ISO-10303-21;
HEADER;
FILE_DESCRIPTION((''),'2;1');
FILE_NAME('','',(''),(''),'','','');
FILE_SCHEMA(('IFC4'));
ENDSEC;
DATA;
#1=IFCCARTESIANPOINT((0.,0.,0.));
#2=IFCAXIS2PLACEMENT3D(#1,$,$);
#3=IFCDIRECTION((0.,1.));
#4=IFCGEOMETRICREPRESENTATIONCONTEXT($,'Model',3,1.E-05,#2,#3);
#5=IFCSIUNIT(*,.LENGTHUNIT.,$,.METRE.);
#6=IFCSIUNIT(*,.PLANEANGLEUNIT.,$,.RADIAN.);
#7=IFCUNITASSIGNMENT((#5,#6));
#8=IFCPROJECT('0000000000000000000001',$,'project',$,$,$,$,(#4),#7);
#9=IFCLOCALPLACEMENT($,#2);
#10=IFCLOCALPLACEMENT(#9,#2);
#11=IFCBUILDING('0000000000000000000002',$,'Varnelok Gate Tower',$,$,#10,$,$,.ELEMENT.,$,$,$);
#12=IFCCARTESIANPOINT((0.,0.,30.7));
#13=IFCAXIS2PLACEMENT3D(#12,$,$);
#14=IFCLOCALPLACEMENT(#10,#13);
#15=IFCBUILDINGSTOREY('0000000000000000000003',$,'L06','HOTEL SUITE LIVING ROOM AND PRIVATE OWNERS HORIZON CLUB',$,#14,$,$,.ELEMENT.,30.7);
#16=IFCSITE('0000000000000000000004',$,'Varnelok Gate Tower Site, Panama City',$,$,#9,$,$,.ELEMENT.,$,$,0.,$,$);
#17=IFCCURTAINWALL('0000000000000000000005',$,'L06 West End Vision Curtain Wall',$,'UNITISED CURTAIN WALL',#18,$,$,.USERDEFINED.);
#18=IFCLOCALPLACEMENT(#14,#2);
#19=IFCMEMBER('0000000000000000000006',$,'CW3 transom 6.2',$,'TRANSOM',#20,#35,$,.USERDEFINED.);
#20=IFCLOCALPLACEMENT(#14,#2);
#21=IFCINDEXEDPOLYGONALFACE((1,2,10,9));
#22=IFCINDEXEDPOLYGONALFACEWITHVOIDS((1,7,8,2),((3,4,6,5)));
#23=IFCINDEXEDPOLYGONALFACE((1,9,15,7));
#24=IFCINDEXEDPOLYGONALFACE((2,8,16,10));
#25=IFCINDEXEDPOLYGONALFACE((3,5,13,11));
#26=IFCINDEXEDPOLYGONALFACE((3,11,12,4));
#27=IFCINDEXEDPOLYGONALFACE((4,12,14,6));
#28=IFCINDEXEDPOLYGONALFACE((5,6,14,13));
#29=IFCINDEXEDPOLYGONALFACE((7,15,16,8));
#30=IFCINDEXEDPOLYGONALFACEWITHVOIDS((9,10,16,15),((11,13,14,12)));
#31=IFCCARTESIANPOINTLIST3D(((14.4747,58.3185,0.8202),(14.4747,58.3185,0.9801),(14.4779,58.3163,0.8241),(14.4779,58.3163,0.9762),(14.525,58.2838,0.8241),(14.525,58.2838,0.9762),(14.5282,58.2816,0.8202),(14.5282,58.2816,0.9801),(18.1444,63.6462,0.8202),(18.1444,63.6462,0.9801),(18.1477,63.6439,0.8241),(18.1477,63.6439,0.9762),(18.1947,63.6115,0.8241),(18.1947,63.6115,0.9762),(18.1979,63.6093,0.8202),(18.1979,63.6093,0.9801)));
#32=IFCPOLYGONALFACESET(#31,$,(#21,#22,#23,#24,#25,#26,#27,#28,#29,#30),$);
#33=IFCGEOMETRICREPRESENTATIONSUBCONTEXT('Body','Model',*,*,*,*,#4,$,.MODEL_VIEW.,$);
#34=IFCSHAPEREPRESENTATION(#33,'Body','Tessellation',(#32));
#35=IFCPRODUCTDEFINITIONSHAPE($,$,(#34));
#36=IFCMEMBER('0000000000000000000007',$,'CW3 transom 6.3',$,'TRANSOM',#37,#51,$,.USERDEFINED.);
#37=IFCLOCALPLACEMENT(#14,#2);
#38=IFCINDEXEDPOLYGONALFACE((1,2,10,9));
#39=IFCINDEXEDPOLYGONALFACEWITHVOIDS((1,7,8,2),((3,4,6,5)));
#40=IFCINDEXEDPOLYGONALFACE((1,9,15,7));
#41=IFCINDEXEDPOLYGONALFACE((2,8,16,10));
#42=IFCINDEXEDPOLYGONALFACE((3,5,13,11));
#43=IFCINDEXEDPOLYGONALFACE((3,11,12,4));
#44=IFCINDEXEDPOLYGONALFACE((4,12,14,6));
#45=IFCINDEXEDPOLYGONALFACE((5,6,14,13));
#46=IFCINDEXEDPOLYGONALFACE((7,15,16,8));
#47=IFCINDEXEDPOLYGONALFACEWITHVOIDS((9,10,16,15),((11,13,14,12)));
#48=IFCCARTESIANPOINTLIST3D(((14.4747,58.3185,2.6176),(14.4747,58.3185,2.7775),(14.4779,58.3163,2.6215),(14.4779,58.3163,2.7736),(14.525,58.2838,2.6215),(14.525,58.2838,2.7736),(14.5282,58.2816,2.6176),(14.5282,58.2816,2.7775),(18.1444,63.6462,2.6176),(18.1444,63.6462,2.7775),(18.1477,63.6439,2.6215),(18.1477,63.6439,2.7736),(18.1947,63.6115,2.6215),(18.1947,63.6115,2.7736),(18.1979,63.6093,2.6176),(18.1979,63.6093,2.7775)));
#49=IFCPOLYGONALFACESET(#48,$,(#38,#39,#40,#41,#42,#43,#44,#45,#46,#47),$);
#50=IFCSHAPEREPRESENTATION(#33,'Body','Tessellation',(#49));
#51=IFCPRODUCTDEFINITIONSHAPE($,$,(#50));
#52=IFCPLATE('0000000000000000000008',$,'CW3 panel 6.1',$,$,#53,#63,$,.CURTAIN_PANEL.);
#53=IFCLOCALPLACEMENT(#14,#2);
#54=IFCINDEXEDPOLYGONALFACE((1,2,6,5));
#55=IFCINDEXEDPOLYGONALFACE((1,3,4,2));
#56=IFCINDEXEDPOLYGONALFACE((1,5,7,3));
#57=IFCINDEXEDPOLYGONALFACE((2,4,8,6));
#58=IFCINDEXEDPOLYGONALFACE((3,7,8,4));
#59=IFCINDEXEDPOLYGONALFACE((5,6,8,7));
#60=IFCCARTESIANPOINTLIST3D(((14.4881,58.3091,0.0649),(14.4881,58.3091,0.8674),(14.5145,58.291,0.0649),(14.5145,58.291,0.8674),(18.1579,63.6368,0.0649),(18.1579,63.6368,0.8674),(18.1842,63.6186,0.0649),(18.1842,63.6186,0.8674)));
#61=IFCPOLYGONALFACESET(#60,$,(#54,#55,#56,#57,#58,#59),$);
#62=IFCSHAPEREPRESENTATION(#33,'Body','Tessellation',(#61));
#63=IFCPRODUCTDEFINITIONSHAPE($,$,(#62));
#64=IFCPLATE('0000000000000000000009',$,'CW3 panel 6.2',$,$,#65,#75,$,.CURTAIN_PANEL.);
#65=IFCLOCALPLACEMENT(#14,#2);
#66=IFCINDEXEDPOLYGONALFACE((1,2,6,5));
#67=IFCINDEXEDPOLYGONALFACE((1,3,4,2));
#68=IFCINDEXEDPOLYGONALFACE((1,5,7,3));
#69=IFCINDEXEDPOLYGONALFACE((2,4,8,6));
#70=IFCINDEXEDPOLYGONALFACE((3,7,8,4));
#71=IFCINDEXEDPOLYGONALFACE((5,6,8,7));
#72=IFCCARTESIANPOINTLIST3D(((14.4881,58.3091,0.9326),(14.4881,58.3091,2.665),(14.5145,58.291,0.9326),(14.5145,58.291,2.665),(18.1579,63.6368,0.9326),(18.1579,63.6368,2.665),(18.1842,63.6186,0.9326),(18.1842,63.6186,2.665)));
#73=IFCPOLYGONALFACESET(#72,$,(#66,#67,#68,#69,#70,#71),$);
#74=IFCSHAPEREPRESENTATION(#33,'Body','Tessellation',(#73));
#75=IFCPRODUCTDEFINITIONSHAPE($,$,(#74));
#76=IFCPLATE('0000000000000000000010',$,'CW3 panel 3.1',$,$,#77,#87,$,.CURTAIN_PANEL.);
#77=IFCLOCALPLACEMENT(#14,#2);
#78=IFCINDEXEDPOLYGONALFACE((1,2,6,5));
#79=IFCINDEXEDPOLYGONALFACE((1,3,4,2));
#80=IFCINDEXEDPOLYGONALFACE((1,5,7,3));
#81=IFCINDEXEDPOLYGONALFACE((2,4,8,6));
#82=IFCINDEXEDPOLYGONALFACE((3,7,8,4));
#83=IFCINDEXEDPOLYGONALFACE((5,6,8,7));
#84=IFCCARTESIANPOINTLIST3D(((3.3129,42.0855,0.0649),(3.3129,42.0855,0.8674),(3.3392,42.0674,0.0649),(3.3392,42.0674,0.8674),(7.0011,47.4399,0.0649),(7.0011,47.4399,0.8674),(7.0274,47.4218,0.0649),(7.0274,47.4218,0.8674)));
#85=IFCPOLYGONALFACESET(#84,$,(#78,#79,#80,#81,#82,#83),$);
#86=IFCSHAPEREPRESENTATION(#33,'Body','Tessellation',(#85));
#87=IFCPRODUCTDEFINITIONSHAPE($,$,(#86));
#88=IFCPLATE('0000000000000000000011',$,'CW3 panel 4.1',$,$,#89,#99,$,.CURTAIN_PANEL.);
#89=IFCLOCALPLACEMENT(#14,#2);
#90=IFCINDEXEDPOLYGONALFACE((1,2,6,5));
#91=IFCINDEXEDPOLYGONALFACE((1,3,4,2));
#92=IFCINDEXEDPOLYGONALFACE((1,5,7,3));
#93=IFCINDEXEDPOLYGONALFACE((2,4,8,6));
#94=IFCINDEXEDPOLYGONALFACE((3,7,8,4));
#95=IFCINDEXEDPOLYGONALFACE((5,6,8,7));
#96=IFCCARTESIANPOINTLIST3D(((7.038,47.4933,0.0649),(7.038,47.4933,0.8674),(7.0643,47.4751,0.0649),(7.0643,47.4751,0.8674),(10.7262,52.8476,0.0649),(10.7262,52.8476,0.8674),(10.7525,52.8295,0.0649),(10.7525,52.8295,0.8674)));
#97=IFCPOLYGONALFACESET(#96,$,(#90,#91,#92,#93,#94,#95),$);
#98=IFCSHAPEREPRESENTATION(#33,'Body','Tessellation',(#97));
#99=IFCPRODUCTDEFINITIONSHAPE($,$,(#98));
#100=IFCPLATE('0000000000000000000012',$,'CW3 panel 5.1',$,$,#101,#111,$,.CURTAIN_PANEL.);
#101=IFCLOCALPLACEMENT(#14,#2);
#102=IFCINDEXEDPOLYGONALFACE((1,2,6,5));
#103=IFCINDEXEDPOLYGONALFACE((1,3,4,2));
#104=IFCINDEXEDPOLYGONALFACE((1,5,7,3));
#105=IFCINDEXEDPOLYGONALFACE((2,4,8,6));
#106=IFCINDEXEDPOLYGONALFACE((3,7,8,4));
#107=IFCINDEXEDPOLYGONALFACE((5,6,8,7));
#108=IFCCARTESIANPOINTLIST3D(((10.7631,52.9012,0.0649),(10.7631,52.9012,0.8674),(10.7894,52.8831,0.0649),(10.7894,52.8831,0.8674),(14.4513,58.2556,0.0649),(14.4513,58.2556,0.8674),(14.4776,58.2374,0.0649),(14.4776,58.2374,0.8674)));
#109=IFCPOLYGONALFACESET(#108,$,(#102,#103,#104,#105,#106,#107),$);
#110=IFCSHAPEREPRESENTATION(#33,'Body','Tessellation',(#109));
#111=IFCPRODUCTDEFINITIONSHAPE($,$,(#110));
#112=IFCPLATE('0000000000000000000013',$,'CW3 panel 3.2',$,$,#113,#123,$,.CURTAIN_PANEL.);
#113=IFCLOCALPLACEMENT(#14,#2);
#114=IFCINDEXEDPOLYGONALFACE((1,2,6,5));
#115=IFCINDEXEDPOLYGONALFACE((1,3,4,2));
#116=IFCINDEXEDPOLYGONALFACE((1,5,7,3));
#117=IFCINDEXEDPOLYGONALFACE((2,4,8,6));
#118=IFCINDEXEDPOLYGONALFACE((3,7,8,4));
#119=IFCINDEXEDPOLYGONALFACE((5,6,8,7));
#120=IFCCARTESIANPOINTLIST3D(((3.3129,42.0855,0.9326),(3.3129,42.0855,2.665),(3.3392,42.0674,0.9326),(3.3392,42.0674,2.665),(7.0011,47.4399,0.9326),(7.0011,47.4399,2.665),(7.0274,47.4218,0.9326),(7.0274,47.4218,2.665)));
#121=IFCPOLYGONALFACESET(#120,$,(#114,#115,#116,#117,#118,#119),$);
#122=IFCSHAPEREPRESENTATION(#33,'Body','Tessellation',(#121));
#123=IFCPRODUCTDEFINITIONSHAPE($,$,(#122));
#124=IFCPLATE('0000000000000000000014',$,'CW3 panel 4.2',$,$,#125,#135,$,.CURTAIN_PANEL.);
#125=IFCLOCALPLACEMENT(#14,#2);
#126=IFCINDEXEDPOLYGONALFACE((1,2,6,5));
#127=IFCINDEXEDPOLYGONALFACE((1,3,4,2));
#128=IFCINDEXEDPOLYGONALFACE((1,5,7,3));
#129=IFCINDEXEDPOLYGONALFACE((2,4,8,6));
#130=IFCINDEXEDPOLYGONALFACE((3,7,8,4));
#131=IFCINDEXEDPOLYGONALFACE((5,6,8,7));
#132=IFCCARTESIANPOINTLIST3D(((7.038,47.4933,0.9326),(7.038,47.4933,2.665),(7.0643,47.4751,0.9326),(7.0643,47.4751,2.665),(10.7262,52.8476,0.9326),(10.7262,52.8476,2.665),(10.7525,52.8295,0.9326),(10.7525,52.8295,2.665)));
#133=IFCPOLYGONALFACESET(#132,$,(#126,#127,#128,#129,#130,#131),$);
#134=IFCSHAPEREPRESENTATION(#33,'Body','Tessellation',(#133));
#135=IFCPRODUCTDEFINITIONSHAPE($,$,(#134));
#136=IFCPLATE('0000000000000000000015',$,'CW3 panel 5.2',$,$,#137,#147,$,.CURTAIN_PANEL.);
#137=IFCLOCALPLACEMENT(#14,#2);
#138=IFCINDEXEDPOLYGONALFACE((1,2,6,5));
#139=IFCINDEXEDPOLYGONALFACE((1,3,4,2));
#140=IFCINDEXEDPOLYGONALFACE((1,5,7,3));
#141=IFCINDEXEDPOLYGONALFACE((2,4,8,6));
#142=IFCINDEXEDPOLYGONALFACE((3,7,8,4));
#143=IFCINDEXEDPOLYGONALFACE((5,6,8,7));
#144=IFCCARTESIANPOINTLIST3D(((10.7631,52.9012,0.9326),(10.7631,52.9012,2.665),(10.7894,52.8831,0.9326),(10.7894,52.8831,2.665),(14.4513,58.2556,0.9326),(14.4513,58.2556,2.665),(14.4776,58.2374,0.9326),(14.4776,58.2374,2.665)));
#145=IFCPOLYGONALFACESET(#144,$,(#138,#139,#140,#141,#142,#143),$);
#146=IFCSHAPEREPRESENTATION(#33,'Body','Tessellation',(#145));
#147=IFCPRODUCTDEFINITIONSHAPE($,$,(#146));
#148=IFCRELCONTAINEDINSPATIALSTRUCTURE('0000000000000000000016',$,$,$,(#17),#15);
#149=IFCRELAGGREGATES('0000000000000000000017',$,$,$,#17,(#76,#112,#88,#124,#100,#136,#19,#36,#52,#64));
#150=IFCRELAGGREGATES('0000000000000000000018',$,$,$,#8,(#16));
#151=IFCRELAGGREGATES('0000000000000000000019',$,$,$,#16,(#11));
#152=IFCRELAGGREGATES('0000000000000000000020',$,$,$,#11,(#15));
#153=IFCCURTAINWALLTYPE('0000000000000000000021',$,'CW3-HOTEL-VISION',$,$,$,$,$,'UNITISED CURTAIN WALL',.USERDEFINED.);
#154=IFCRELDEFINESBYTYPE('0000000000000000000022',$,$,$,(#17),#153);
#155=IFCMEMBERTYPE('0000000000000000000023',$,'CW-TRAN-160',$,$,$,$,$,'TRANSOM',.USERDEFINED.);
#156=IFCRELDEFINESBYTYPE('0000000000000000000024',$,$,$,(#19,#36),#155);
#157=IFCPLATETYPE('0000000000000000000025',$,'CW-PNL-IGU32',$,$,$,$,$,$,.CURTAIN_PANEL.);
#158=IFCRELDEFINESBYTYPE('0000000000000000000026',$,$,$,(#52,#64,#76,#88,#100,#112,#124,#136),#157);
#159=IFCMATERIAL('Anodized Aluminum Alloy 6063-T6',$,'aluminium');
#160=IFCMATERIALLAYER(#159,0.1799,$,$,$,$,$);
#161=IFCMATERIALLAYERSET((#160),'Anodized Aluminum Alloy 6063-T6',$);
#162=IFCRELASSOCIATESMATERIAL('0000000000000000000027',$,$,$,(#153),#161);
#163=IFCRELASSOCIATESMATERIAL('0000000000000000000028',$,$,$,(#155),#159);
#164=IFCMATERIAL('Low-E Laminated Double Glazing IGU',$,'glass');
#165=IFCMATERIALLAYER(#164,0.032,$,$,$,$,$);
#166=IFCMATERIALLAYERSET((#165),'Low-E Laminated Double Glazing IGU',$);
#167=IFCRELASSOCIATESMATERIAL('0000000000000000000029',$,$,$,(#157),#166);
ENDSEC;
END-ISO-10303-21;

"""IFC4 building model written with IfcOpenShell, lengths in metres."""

from ifc_helpers import new_model, si_unit, direction, frame, origin, origin_2d, place, context, subcontext, project, spatial, rectangle, hollow_rectangle, extrude, source, transform, mapped, material, layer, layer_set, material_profile, profile_set, type_object, element, aggregate, save


model = new_model("IFC4")

# Units and contexts
model_context = context("Model", 3, precision=1e-05, world=origin(), true_north=direction((0.0, 1.0)))
body_context = subcontext(model_context, "Body", "Model", "MODEL_VIEW")
ifc_project = project(units=[si_unit("LENGTHUNIT", "METRE"), si_unit("PLANEANGLEUNIT", "RADIAN")], contexts=[model_context])

# Site, building, storey
site_placement = place(None, origin())
site = spatial("IfcSite", under=ifc_project, at=site_placement, Name="Varnelok Gate Tower Site, Panama City", CompositionType="ELEMENT", RefElevation=0.0)
building_placement = place(site_placement, origin())
building = spatial("IfcBuilding", under=site, at=building_placement, Name="Varnelok Gate Tower", CompositionType="ELEMENT")
storey_placement = place(building_placement, frame((0.0, 0.0, 30.7)))
storey = spatial("IfcBuildingStorey", under=building, at=storey_placement, Name="L06", Description="HOTEL SUITE LIVING ROOM AND PRIVATE OWNERS HORIZON CLUB", CompositionType="ELEMENT", Elevation=30.7)

# Curtain wall, members, plates
ifc_material_1 = material(Name="Anodized Aluminum Alloy 6063-T6", Category="aluminium")
ifc_layer_1 = layer(ifc_material_1, 0.1799)
ifc_layer_set_1 = layer_set([ifc_layer_1], Name="Anodized Aluminum Alloy 6063-T6")
curtain_wall_type = type_object("IfcCurtainWallType", Name="CW3-HOTEL-VISION", ElementType="UNITISED CURTAIN WALL", PredefinedType="USERDEFINED", material=ifc_layer_set_1)
curtain_wall_placement = place(storey_placement, origin())
curtain_wall = element("IfcCurtainWall", 1, at=curtain_wall_placement, inside=storey, type_object=curtain_wall_type, Name="L06 West End Vision Curtain Wall", ObjectType="UNITISED CURTAIN WALL", PredefinedType="USERDEFINED")
ifc_material_profile_1 = material_profile(ifc_material_1, hollow_rectangle(XDim=0.0649, YDim=0.1599, WallThickness=0.0039, at=origin_2d()), Name="ALU160X65X4")
ifc_profile_set_1 = profile_set([ifc_material_profile_1], Name="Anodized Aluminum Alloy 6063-T6")
member_type_1 = type_object("IfcMemberType", Name="CW-TRAN-160", ElementType="TRANSOM", PredefinedType="USERDEFINED", material=ifc_profile_set_1)
member_1_placement = place(storey_placement, frame((14.5015, 58.3, 0.9001), z_axis=(0.567256, 0.823542, 0.0), x_axis=(-0.823542, 0.567256, 0.0)))
member_1 = element("IfcMember", 2, at=member_1_placement, type_object=member_type_1, Name="CW3 transom 6.2", ObjectType="TRANSOM", PredefinedType="USERDEFINED", context=body_context, shape_type="SweptSolid", body=[
    extrude(hollow_rectangle(XDim=0.0649, YDim=0.1599, WallThickness=0.0039, at=origin_2d()), origin(), (0.0, 0.0, 1.0), 6.4692),
])
member_2_placement = place(storey_placement, frame((14.5015, 58.3, 2.6975), z_axis=(0.567256, 0.823542, 0.0), x_axis=(-0.823542, 0.567256, 0.0)))
member_2 = element("IfcMember", 3, at=member_2_placement, type_object=member_type_1, Name="CW3 transom 6.3", ObjectType="TRANSOM", PredefinedType="USERDEFINED", context=body_context, shape_type="SweptSolid", body=[
    extrude(hollow_rectangle(XDim=0.0649, YDim=0.1599, WallThickness=0.0039, at=origin_2d()), origin(), (0.0, 0.0, 1.0), 6.4692),
])
ifc_material_2 = material(Name="Low-E Laminated Double Glazing IGU", Category="glass")
ifc_layer_2 = layer(ifc_material_2, 0.032)
ifc_layer_set_2 = layer_set([ifc_layer_2], Name="Low-E Laminated Double Glazing IGU")
plate_type = type_object("IfcPlateType", Name="CW-PNL-IGU32", PredefinedType="CURTAIN_PANEL", material=ifc_layer_set_2)
shared_shape_1 = source(origin(), body_context, "Body", "SweptSolid", [
    extrude(rectangle(XDim=6.4692, YDim=0.032, at=origin_2d()), origin(), (0.0, 0.0, 1.0), 0.8025),
])
plate_1_placement = place(storey_placement, frame((16.3362, 60.9639, 0.0649), z_axis=(0.0, 0.0, 1.0), x_axis=(0.567269, 0.823533, 0.0)))
plate_1 = element("IfcPlate", 4, at=plate_1_placement, type_object=plate_type, Name="CW3 panel 6.1", PredefinedType="CURTAIN_PANEL", context=body_context, shape_type="MappedRepresentation", body=[
    mapped(shared_shape_1, transform((0.0, 0.0, 0.0), scale=1.0)),
])
shared_shape_2 = source(origin(), body_context, "Body", "SweptSolid", [
    extrude(rectangle(XDim=6.4692, YDim=0.032, at=origin_2d()), origin(), (0.0, 0.0, 1.0), 1.7324),
])
plate_2_placement = place(storey_placement, frame((16.3362, 60.9639, 0.9326), z_axis=(0.0, 0.0, 1.0), x_axis=(0.567269, 0.823533, 0.0)))
plate_2 = element("IfcPlate", 5, at=plate_2_placement, type_object=plate_type, Name="CW3 panel 6.2", PredefinedType="CURTAIN_PANEL", context=body_context, shape_type="MappedRepresentation", body=[
    mapped(shared_shape_2, transform((0.0, 0.0, 0.0), scale=1.0)),
])
shared_shape_3 = source(origin(), body_context, "Body", "SweptSolid", [
    extrude(rectangle(XDim=6.5017, YDim=0.032, at=origin_2d()), origin(), (0.0, 0.0, 1.0), 0.8025),
])
plate_3_placement = place(storey_placement, frame((5.1702, 44.7537, 0.0649), z_axis=(0.0, 0.0, 1.0), x_axis=(0.567269, 0.823533, 0.0)))
plate_3 = element("IfcPlate", 6, at=plate_3_placement, type_object=plate_type, Name="CW3 panel 3.1", PredefinedType="CURTAIN_PANEL", context=body_context, shape_type="MappedRepresentation", body=[
    mapped(shared_shape_3, transform((0.0, 0.0, 0.0), scale=1.0)),
])
plate_4_placement = place(storey_placement, frame((8.8953, 50.1614, 0.0649), z_axis=(0.0, 0.0, 1.0), x_axis=(0.567269, 0.823533, 0.0)))
plate_4 = element("IfcPlate", 7, at=plate_4_placement, type_object=plate_type, Name="CW3 panel 4.1", PredefinedType="CURTAIN_PANEL", context=body_context, shape_type="MappedRepresentation", body=[
    mapped(shared_shape_3, transform((0.0, 0.0, 0.0), scale=1.0)),
])
plate_5_placement = place(storey_placement, frame((12.6204, 55.5693, 0.0649), z_axis=(0.0, 0.0, 1.0), x_axis=(0.567269, 0.823533, 0.0)))
plate_5 = element("IfcPlate", 8, at=plate_5_placement, type_object=plate_type, Name="CW3 panel 5.1", PredefinedType="CURTAIN_PANEL", context=body_context, shape_type="MappedRepresentation", body=[
    mapped(shared_shape_3, transform((0.0, 0.0, 0.0), scale=1.0)),
])
shared_shape_4 = source(origin(), body_context, "Body", "SweptSolid", [
    extrude(rectangle(XDim=6.5017, YDim=0.032, at=origin_2d()), origin(), (0.0, 0.0, 1.0), 1.7324),
])
plate_6_placement = place(storey_placement, frame((5.1702, 44.7537, 0.9326), z_axis=(0.0, 0.0, 1.0), x_axis=(0.567269, 0.823533, 0.0)))
plate_6 = element("IfcPlate", 9, at=plate_6_placement, type_object=plate_type, Name="CW3 panel 3.2", PredefinedType="CURTAIN_PANEL", context=body_context, shape_type="MappedRepresentation", body=[
    mapped(shared_shape_4, transform((0.0, 0.0, 0.0), scale=1.0)),
])
plate_7_placement = place(storey_placement, frame((8.8953, 50.1614, 0.9326), z_axis=(0.0, 0.0, 1.0), x_axis=(0.567269, 0.823533, 0.0)))
plate_7 = element("IfcPlate", 10, at=plate_7_placement, type_object=plate_type, Name="CW3 panel 4.2", PredefinedType="CURTAIN_PANEL", context=body_context, shape_type="MappedRepresentation", body=[
    mapped(shared_shape_4, transform((0.0, 0.0, 0.0), scale=1.0)),
])
plate_8_placement = place(storey_placement, frame((12.6204, 55.5693, 0.9326), z_axis=(0.0, 0.0, 1.0), x_axis=(0.567269, 0.823533, 0.0)))
plate_8 = element("IfcPlate", 11, at=plate_8_placement, type_object=plate_type, Name="CW3 panel 5.2", PredefinedType="CURTAIN_PANEL", context=body_context, shape_type="MappedRepresentation", body=[
    mapped(shared_shape_4, transform((0.0, 0.0, 0.0), scale=1.0)),
])
aggregate(curtain_wall, [plate_3, plate_6, plate_4, plate_7, plate_5, plate_8, member_1, member_2, plate_1, plate_2])

save(model, "model.ifc")
